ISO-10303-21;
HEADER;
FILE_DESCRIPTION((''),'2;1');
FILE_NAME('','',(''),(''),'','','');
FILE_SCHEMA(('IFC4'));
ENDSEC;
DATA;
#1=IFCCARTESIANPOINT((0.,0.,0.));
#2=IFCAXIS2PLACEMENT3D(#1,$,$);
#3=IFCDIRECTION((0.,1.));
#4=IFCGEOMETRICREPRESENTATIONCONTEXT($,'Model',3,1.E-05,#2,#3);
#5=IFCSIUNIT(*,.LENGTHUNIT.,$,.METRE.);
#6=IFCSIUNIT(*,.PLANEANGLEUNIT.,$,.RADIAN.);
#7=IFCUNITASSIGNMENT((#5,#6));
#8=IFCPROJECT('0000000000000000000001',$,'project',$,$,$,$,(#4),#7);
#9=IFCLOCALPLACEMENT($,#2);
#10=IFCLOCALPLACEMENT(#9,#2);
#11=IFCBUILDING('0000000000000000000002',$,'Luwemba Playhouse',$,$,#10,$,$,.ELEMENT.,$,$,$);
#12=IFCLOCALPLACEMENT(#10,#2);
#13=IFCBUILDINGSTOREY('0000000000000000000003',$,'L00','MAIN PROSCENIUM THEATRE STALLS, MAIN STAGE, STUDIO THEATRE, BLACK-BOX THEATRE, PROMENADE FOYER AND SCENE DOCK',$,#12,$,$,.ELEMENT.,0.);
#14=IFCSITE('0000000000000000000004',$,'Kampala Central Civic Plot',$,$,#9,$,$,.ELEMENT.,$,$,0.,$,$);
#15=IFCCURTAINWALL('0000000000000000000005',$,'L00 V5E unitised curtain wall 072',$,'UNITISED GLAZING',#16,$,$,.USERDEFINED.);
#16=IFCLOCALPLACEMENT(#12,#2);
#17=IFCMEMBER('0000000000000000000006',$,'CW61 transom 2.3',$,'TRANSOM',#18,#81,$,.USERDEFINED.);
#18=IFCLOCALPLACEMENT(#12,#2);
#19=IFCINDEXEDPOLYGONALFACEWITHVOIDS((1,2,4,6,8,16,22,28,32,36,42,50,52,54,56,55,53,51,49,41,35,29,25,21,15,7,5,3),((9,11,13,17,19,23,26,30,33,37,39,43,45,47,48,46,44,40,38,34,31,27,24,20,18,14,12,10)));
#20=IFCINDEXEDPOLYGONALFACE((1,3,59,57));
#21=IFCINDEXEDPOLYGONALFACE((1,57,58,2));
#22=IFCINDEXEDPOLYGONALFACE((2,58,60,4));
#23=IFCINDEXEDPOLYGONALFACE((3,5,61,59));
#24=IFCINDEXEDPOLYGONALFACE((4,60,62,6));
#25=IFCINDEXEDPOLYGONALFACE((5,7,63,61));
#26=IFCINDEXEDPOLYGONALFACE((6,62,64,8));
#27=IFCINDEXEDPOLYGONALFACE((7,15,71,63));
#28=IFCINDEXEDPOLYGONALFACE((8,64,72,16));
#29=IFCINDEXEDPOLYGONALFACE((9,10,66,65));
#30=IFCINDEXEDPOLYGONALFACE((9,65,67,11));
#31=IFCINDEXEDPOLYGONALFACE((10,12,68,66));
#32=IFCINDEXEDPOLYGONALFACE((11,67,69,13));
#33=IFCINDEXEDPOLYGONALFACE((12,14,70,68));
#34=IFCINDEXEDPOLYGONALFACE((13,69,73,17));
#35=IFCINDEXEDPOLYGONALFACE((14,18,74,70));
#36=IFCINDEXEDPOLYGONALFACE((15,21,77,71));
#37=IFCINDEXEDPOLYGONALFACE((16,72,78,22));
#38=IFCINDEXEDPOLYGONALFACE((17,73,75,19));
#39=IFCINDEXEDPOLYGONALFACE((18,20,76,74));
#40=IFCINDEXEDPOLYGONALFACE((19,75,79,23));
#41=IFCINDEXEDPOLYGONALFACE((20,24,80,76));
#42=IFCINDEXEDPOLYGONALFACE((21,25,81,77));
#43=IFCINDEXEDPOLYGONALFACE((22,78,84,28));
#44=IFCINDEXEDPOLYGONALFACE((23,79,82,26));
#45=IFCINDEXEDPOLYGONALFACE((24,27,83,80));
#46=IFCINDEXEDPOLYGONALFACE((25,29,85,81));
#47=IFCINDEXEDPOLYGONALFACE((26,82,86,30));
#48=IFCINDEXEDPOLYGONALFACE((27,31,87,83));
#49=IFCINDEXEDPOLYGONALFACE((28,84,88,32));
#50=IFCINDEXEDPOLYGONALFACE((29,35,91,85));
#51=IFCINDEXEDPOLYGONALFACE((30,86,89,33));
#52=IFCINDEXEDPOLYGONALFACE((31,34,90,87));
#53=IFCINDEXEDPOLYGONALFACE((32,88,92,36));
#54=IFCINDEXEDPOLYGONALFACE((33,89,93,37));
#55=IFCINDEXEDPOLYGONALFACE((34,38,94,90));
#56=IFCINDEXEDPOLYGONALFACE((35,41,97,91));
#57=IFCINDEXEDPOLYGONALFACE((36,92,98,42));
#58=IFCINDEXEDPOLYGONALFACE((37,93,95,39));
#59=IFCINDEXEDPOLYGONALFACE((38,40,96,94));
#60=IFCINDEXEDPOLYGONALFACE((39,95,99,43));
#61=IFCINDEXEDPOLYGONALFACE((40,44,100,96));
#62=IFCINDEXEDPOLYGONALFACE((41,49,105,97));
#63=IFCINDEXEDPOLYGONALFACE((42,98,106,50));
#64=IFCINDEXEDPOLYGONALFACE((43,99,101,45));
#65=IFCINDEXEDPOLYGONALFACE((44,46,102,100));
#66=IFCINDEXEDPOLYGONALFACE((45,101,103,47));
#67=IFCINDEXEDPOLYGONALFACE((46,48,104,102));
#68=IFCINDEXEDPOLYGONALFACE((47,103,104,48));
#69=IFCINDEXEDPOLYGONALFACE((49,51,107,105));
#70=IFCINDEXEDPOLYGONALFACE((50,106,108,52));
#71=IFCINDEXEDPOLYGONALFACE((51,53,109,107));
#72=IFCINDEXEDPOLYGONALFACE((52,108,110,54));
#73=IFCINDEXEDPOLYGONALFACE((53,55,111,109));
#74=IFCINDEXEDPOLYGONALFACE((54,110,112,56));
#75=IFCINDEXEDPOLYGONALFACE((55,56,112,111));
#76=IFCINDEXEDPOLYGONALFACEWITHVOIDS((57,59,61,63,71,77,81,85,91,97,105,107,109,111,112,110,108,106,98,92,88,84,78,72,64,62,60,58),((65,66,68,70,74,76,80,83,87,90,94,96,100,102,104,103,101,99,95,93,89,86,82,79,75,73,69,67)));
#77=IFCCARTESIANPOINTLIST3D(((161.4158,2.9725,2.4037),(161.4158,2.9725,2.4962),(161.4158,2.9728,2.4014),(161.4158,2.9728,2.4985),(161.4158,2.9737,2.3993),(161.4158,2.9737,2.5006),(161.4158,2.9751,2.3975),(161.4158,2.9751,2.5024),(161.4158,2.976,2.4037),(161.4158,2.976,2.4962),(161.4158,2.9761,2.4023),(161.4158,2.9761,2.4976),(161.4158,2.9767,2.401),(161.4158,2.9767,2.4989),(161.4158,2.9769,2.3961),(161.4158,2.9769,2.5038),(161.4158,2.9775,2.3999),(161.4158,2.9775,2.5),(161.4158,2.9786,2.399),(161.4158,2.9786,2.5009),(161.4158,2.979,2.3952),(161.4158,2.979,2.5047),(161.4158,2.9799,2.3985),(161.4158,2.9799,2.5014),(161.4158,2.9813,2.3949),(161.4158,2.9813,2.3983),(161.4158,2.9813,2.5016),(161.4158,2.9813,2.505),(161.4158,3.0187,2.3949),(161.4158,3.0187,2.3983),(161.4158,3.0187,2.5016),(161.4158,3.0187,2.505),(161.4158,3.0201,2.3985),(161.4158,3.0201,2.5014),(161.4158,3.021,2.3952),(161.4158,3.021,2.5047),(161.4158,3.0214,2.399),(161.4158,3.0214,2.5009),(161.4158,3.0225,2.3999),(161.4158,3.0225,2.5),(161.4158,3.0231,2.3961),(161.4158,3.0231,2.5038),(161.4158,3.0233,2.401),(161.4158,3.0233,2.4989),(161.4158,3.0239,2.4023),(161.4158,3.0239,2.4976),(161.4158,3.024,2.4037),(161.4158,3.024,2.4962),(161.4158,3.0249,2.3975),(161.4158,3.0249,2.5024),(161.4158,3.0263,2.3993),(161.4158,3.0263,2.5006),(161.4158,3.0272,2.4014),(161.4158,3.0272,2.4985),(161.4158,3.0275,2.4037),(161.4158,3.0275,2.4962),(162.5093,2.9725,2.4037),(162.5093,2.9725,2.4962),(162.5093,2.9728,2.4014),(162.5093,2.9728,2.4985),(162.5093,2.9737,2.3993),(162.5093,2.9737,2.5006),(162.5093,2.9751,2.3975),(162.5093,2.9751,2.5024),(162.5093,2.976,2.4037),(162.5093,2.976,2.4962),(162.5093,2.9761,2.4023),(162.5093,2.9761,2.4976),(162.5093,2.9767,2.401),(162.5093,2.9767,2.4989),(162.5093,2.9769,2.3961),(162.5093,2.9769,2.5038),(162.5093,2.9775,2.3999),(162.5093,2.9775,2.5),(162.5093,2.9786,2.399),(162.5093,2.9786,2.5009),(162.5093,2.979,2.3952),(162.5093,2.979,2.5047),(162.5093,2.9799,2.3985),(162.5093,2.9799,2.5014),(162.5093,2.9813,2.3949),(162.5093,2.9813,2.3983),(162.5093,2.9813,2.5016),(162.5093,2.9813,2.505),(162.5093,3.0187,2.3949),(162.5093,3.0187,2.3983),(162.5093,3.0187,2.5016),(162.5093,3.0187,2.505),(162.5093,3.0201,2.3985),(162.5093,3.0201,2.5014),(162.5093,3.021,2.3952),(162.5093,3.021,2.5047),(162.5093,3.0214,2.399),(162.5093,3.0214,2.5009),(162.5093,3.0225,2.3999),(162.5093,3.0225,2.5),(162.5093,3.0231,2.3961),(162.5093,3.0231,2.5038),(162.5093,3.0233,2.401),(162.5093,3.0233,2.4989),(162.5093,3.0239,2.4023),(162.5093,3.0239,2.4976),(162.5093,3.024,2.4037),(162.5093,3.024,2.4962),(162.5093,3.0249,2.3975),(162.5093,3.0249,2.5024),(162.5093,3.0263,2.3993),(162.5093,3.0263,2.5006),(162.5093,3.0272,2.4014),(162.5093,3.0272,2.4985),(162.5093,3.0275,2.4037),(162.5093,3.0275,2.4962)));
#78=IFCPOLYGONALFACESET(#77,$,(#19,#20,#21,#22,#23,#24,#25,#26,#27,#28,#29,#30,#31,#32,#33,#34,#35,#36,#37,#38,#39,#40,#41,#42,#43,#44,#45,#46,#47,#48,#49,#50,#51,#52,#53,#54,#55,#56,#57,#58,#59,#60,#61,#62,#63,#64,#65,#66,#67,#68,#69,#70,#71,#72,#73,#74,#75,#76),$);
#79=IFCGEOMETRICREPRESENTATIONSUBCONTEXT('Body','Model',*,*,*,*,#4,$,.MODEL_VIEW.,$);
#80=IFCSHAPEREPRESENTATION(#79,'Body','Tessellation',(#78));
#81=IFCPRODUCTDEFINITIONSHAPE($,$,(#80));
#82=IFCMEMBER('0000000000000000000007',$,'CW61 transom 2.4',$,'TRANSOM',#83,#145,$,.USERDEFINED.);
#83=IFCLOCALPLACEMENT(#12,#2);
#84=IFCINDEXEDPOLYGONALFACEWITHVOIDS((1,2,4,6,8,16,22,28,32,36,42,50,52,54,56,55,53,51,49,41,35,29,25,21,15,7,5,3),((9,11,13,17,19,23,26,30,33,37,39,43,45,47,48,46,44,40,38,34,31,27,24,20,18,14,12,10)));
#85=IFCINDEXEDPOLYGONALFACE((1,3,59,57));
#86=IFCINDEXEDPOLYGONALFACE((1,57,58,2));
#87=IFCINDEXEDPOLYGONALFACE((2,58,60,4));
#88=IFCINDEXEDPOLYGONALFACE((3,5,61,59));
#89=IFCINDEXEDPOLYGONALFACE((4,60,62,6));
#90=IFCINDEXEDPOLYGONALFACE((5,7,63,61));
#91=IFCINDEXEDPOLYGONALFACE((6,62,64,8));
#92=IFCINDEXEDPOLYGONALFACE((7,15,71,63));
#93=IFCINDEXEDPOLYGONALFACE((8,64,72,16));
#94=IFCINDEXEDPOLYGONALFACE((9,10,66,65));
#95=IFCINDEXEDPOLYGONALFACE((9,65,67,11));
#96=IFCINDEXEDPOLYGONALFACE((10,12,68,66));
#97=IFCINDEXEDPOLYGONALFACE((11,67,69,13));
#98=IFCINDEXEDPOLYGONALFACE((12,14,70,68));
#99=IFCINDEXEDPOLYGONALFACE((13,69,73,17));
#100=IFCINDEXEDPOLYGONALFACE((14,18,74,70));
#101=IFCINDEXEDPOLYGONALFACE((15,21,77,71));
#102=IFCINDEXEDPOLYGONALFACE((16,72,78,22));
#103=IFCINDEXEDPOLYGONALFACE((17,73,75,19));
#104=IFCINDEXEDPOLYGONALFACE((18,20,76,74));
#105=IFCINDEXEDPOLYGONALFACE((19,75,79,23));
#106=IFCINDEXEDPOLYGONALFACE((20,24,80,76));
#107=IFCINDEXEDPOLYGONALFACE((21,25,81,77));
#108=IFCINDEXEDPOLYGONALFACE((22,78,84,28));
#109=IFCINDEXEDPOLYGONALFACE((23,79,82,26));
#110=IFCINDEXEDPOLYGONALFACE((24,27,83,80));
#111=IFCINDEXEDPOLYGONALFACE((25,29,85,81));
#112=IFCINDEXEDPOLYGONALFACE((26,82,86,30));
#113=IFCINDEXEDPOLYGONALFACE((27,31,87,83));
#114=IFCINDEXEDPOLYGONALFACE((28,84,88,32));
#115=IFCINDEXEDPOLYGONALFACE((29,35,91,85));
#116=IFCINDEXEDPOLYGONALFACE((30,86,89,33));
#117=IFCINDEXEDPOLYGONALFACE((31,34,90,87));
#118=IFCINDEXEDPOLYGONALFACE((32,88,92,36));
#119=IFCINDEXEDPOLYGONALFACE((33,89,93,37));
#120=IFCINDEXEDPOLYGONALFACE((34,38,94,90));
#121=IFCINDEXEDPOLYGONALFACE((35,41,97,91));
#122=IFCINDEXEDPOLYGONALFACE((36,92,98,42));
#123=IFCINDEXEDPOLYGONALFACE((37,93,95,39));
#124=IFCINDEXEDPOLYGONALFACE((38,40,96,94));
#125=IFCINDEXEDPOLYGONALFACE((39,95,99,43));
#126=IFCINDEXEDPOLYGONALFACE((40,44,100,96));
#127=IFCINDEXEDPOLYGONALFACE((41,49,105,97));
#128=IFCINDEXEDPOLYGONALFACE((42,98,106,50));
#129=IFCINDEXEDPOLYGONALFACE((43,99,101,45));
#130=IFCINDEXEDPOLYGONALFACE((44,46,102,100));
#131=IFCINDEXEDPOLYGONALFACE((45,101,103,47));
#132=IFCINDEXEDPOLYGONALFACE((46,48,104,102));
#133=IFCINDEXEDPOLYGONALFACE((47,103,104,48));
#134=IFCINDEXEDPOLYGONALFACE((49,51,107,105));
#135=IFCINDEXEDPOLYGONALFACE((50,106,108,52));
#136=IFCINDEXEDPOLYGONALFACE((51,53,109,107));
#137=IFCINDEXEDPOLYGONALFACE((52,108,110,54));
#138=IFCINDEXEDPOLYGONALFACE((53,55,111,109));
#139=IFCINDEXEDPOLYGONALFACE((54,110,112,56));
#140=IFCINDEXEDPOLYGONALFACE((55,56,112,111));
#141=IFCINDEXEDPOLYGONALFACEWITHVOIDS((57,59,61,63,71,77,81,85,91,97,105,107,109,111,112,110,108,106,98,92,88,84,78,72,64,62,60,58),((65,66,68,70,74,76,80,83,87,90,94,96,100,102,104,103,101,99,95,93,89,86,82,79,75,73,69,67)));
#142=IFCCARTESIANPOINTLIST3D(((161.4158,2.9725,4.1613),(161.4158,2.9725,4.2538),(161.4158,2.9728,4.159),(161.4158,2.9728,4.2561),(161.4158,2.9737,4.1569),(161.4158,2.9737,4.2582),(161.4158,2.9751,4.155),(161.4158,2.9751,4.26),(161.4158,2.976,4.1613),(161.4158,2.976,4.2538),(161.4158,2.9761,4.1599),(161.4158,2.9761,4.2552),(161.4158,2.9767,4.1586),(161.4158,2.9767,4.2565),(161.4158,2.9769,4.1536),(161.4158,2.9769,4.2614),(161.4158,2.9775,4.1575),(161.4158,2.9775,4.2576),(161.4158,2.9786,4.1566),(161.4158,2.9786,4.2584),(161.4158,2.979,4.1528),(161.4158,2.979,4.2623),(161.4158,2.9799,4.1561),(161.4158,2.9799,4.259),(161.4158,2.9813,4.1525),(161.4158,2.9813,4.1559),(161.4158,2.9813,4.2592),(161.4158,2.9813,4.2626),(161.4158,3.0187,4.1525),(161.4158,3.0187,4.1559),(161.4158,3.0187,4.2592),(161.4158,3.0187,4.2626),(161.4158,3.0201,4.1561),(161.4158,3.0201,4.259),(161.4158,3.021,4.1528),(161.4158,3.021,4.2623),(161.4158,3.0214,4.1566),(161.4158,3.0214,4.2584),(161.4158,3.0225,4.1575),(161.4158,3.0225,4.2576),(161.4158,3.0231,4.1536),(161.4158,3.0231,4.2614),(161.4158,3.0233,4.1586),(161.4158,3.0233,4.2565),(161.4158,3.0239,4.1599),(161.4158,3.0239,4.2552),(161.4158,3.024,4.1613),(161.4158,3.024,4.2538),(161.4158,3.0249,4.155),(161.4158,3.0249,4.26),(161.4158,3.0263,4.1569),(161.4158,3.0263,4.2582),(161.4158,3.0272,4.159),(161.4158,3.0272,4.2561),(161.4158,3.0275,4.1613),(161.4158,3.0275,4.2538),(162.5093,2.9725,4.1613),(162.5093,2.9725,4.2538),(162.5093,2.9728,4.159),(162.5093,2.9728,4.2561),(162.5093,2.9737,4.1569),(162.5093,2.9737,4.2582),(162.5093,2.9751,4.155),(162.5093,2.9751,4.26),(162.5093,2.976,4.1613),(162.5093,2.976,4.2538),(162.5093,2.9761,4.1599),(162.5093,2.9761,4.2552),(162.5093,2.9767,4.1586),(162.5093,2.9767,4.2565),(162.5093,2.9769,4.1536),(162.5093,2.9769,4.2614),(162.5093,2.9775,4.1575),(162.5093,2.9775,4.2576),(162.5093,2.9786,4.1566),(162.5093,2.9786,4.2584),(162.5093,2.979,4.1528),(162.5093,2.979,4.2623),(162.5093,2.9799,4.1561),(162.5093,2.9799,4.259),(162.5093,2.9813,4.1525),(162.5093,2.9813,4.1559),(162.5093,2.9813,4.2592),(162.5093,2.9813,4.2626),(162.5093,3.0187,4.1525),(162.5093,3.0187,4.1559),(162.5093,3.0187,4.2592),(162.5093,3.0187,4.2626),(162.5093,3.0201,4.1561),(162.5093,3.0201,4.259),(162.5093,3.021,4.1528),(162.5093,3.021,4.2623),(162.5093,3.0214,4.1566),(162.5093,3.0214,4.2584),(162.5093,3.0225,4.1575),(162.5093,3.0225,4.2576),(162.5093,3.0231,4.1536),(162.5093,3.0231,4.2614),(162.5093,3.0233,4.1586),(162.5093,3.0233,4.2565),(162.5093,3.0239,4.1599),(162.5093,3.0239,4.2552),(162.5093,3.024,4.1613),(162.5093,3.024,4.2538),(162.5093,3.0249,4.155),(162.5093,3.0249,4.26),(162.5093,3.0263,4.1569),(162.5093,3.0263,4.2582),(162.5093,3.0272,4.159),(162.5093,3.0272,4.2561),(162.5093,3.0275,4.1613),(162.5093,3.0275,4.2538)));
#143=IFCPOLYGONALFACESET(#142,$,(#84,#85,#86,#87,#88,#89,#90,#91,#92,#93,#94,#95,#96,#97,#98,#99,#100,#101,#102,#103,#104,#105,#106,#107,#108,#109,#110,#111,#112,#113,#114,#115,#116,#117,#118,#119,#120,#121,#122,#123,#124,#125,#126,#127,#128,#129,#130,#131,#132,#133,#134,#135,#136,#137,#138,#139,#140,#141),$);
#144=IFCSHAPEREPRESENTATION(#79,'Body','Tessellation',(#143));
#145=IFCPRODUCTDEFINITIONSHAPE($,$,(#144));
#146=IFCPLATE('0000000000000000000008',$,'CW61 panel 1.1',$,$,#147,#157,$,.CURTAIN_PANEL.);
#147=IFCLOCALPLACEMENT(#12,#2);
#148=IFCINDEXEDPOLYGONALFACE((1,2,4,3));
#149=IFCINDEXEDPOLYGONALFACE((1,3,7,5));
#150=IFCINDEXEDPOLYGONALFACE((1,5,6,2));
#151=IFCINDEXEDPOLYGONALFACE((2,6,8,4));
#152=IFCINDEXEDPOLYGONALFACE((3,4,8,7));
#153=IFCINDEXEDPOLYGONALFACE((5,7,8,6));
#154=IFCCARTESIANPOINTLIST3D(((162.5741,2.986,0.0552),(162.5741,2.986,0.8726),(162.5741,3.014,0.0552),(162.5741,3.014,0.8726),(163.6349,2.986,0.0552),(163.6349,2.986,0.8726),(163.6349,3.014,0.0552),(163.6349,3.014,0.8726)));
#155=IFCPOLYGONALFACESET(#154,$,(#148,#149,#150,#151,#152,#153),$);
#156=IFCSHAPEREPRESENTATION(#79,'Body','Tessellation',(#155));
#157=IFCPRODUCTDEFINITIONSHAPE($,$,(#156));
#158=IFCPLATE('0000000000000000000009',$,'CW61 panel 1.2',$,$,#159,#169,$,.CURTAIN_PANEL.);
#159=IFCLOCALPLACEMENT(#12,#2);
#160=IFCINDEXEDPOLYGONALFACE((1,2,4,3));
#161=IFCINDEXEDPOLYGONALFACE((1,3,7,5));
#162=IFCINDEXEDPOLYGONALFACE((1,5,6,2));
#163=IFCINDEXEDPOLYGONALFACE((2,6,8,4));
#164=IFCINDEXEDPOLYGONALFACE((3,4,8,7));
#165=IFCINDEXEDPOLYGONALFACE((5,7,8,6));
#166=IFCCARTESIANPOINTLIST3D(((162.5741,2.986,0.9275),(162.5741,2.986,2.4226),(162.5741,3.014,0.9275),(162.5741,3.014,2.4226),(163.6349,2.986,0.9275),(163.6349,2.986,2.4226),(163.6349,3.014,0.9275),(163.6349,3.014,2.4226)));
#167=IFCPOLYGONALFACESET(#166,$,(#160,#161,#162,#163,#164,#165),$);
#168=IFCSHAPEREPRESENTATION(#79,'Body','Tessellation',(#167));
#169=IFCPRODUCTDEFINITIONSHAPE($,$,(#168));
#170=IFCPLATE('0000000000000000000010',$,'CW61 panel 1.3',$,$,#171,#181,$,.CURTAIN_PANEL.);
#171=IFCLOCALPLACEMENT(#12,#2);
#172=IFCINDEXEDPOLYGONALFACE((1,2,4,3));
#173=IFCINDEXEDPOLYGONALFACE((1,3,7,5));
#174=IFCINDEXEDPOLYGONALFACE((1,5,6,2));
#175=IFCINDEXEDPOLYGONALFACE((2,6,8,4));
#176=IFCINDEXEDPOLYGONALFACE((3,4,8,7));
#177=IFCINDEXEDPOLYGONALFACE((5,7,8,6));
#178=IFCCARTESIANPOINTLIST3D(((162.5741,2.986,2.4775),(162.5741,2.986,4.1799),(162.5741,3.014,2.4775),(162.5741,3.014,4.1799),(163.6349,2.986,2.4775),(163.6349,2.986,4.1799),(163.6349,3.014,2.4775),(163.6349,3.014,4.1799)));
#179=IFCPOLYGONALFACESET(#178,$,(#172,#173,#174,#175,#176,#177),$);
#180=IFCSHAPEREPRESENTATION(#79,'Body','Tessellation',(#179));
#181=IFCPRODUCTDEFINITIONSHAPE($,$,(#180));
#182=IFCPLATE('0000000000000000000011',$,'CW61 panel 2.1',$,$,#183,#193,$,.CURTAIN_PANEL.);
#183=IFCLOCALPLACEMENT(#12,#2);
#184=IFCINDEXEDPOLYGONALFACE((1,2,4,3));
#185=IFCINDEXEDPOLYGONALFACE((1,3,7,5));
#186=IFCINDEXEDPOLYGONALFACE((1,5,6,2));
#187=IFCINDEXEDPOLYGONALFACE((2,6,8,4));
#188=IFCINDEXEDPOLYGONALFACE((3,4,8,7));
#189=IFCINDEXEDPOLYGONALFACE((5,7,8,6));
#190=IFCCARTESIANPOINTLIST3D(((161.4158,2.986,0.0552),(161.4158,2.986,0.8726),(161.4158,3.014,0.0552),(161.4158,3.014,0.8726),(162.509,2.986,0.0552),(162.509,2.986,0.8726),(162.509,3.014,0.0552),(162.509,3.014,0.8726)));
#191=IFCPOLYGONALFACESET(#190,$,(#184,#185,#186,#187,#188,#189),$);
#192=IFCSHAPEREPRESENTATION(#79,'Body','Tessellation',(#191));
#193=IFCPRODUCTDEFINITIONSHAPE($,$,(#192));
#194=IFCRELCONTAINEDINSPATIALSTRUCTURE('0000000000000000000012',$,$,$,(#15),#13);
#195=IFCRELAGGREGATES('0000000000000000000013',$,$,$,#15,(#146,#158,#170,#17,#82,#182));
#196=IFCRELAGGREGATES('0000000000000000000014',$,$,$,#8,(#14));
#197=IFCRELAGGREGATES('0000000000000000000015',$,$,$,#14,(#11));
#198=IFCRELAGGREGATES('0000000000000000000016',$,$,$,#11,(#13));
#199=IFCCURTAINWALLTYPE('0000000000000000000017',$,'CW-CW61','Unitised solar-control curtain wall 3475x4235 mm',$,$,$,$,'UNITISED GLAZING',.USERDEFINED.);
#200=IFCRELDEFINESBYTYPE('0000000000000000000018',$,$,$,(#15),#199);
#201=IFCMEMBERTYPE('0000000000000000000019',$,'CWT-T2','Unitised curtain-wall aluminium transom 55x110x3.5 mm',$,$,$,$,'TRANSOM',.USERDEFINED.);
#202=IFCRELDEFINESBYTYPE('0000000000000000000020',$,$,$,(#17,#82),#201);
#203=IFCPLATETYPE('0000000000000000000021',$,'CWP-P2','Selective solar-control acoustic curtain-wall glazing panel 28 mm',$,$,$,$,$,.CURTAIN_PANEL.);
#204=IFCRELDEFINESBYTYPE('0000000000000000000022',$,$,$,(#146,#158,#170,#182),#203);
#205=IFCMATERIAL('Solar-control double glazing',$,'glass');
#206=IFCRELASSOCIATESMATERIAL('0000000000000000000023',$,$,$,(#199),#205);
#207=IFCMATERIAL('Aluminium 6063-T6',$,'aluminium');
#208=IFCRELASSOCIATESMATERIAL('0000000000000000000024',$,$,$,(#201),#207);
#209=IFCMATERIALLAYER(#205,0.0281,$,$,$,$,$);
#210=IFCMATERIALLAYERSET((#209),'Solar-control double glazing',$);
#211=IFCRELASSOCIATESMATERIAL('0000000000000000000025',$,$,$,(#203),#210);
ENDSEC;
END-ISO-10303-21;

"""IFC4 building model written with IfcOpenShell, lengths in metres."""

from ifc_helpers import new_model, si_unit, direction, frame, origin, origin_2d, place, context, subcontext, project, spatial, rectangle, hollow_rectangle, extrude, material, layer, layer_set, material_profile, profile_set, type_object, element, aggregate, save


model = new_model("IFC4")

# Units and contexts
model_context = context("Model", 3, precision=1e-05, world=origin(), true_north=direction((0.0, 1.0)))
body_context = subcontext(model_context, "Body", "Model", "MODEL_VIEW")
ifc_project = project(units=[si_unit("LENGTHUNIT", "METRE"), si_unit("PLANEANGLEUNIT", "RADIAN")], contexts=[model_context])

# Site, building, storey
site_placement = place(None, origin())
site = spatial("IfcSite", under=ifc_project, at=site_placement, Name="Kampala Central Civic Plot", CompositionType="ELEMENT", RefElevation=0.0)
building_placement = place(site_placement, origin())
building = spatial("IfcBuilding", under=site, at=building_placement, Name="Luwemba Playhouse", CompositionType="ELEMENT")
storey_placement = place(building_placement, origin())
storey = spatial("IfcBuildingStorey", under=building, at=storey_placement, Name="L00", Description="MAIN PROSCENIUM THEATRE STALLS, MAIN STAGE, STUDIO THEATRE, BLACK-BOX THEATRE, PROMENADE FOYER AND SCENE DOCK", CompositionType="ELEMENT", Elevation=0.0)

# Curtain wall, members, plates
ifc_material_1 = material(Name="Solar-control double glazing", Category="glass")
curtain_wall_type = type_object("IfcCurtainWallType", Name="CW-CW61", Description="Unitised solar-control curtain wall 3475x4235 mm", ElementType="UNITISED GLAZING", PredefinedType="USERDEFINED", material=ifc_material_1)
curtain_wall_placement = place(storey_placement, origin())
curtain_wall = element("IfcCurtainWall", 1, at=curtain_wall_placement, inside=storey, type_object=curtain_wall_type, Name="L00 V5E unitised curtain wall 072", ObjectType="UNITISED GLAZING", PredefinedType="USERDEFINED")
ifc_material_2 = material(Name="Aluminium 6063-T6", Category="aluminium")
ifc_material_profile_1 = material_profile(ifc_material_2, hollow_rectangle(XDim=0.0549, YDim=0.1101, WallThickness=0.0034, InnerFilletRadius=0.0054, OuterFilletRadius=0.0088, at=origin_2d()))
ifc_profile_set_1 = profile_set([ifc_material_profile_1], Name="Aluminium 6063-T6")
member_type_1 = type_object("IfcMemberType", Name="CWT-T2", Description="Unitised curtain-wall aluminium transom 55x110x3.5 mm", ElementType="TRANSOM", PredefinedType="USERDEFINED", material=ifc_profile_set_1)
member_1_placement = place(storey_placement, frame((162.5093, 3.0, 2.45), z_axis=(-1.0, 0.0, 0.0), x_axis=(0.0, -1.0, 0.0)))
member_1 = element("IfcMember", 2, at=member_1_placement, type_object=member_type_1, Name="CW61 transom 2.3", ObjectType="TRANSOM", PredefinedType="USERDEFINED", context=body_context, shape_type="SweptSolid", body=[
    extrude(hollow_rectangle(XDim=0.0549, YDim=0.1101, WallThickness=0.0034, InnerFilletRadius=0.0054, OuterFilletRadius=0.0088, at=origin_2d()), origin(), (0.0, 0.0, 1.0), 1.0935),
])
member_2_placement = place(storey_placement, frame((162.5093, 3.0, 4.2075), z_axis=(-1.0, 0.0, 0.0), x_axis=(0.0, -1.0, 0.0)))
member_2 = element("IfcMember", 3, at=member_2_placement, type_object=member_type_1, Name="CW61 transom 2.4", ObjectType="TRANSOM", PredefinedType="USERDEFINED", context=body_context, shape_type="SweptSolid", body=[
    extrude(hollow_rectangle(XDim=0.0549, YDim=0.1101, WallThickness=0.0034, InnerFilletRadius=0.0054, OuterFilletRadius=0.0088, at=origin_2d()), origin(), (0.0, 0.0, 1.0), 1.0935),
])
ifc_layer = layer(ifc_material_1, 0.0281)
ifc_layer_set = layer_set([ifc_layer], Name="Solar-control double glazing")
plate_type = type_object("IfcPlateType", Name="CWP-P2", Description="Selective solar-control acoustic curtain-wall glazing panel 28 mm", PredefinedType="CURTAIN_PANEL", material=ifc_layer_set)
plate_1_placement = place(storey_placement, frame((163.1045, 3.0, 0.0552), z_axis=(0.0, 0.0, 1.0), x_axis=(-1.0, 0.0, 0.0)))
plate_1 = element("IfcPlate", 4, at=plate_1_placement, type_object=plate_type, Name="CW61 panel 1.1", PredefinedType="CURTAIN_PANEL", context=body_context, shape_type="SweptSolid", body=[
    extrude(rectangle(XDim=1.0608, YDim=0.0281, at=origin_2d()), origin(), (0.0, 0.0, 1.0), 0.8174),
])
plate_2_placement = place(storey_placement, frame((163.1045, 3.0, 0.9275), z_axis=(0.0, 0.0, 1.0), x_axis=(-1.0, 0.0, 0.0)))
plate_2 = element("IfcPlate", 5, at=plate_2_placement, type_object=plate_type, Name="CW61 panel 1.2", PredefinedType="CURTAIN_PANEL", context=body_context, shape_type="SweptSolid", body=[
    extrude(rectangle(XDim=1.0608, YDim=0.0281, at=origin_2d()), origin(), (0.0, 0.0, 1.0), 1.4951),
])
plate_3_placement = place(storey_placement, frame((163.1045, 3.0, 2.4775), z_axis=(0.0, 0.0, 1.0), x_axis=(-1.0, 0.0, 0.0)))
plate_3 = element("IfcPlate", 6, at=plate_3_placement, type_object=plate_type, Name="CW61 panel 1.3", PredefinedType="CURTAIN_PANEL", context=body_context, shape_type="SweptSolid", body=[
    extrude(rectangle(XDim=1.0608, YDim=0.0281, at=origin_2d()), origin(), (0.0, 0.0, 1.0), 1.7024),
])
plate_4_placement = place(storey_placement, frame((161.9624, 3.0, 0.0552), z_axis=(0.0, 0.0, 1.0), x_axis=(-1.0, 0.0, 0.0)))
plate_4 = element("IfcPlate", 7, at=plate_4_placement, type_object=plate_type, Name="CW61 panel 2.1", PredefinedType="CURTAIN_PANEL", context=body_context, shape_type="SweptSolid", body=[
    extrude(rectangle(XDim=1.0933, YDim=0.0281, at=origin_2d()), origin(), (0.0, 0.0, 1.0), 0.8174),
])
aggregate(curtain_wall, [plate_1, plate_2, plate_3, member_1, member_2, plate_4])

save(model, "model.ifc")
